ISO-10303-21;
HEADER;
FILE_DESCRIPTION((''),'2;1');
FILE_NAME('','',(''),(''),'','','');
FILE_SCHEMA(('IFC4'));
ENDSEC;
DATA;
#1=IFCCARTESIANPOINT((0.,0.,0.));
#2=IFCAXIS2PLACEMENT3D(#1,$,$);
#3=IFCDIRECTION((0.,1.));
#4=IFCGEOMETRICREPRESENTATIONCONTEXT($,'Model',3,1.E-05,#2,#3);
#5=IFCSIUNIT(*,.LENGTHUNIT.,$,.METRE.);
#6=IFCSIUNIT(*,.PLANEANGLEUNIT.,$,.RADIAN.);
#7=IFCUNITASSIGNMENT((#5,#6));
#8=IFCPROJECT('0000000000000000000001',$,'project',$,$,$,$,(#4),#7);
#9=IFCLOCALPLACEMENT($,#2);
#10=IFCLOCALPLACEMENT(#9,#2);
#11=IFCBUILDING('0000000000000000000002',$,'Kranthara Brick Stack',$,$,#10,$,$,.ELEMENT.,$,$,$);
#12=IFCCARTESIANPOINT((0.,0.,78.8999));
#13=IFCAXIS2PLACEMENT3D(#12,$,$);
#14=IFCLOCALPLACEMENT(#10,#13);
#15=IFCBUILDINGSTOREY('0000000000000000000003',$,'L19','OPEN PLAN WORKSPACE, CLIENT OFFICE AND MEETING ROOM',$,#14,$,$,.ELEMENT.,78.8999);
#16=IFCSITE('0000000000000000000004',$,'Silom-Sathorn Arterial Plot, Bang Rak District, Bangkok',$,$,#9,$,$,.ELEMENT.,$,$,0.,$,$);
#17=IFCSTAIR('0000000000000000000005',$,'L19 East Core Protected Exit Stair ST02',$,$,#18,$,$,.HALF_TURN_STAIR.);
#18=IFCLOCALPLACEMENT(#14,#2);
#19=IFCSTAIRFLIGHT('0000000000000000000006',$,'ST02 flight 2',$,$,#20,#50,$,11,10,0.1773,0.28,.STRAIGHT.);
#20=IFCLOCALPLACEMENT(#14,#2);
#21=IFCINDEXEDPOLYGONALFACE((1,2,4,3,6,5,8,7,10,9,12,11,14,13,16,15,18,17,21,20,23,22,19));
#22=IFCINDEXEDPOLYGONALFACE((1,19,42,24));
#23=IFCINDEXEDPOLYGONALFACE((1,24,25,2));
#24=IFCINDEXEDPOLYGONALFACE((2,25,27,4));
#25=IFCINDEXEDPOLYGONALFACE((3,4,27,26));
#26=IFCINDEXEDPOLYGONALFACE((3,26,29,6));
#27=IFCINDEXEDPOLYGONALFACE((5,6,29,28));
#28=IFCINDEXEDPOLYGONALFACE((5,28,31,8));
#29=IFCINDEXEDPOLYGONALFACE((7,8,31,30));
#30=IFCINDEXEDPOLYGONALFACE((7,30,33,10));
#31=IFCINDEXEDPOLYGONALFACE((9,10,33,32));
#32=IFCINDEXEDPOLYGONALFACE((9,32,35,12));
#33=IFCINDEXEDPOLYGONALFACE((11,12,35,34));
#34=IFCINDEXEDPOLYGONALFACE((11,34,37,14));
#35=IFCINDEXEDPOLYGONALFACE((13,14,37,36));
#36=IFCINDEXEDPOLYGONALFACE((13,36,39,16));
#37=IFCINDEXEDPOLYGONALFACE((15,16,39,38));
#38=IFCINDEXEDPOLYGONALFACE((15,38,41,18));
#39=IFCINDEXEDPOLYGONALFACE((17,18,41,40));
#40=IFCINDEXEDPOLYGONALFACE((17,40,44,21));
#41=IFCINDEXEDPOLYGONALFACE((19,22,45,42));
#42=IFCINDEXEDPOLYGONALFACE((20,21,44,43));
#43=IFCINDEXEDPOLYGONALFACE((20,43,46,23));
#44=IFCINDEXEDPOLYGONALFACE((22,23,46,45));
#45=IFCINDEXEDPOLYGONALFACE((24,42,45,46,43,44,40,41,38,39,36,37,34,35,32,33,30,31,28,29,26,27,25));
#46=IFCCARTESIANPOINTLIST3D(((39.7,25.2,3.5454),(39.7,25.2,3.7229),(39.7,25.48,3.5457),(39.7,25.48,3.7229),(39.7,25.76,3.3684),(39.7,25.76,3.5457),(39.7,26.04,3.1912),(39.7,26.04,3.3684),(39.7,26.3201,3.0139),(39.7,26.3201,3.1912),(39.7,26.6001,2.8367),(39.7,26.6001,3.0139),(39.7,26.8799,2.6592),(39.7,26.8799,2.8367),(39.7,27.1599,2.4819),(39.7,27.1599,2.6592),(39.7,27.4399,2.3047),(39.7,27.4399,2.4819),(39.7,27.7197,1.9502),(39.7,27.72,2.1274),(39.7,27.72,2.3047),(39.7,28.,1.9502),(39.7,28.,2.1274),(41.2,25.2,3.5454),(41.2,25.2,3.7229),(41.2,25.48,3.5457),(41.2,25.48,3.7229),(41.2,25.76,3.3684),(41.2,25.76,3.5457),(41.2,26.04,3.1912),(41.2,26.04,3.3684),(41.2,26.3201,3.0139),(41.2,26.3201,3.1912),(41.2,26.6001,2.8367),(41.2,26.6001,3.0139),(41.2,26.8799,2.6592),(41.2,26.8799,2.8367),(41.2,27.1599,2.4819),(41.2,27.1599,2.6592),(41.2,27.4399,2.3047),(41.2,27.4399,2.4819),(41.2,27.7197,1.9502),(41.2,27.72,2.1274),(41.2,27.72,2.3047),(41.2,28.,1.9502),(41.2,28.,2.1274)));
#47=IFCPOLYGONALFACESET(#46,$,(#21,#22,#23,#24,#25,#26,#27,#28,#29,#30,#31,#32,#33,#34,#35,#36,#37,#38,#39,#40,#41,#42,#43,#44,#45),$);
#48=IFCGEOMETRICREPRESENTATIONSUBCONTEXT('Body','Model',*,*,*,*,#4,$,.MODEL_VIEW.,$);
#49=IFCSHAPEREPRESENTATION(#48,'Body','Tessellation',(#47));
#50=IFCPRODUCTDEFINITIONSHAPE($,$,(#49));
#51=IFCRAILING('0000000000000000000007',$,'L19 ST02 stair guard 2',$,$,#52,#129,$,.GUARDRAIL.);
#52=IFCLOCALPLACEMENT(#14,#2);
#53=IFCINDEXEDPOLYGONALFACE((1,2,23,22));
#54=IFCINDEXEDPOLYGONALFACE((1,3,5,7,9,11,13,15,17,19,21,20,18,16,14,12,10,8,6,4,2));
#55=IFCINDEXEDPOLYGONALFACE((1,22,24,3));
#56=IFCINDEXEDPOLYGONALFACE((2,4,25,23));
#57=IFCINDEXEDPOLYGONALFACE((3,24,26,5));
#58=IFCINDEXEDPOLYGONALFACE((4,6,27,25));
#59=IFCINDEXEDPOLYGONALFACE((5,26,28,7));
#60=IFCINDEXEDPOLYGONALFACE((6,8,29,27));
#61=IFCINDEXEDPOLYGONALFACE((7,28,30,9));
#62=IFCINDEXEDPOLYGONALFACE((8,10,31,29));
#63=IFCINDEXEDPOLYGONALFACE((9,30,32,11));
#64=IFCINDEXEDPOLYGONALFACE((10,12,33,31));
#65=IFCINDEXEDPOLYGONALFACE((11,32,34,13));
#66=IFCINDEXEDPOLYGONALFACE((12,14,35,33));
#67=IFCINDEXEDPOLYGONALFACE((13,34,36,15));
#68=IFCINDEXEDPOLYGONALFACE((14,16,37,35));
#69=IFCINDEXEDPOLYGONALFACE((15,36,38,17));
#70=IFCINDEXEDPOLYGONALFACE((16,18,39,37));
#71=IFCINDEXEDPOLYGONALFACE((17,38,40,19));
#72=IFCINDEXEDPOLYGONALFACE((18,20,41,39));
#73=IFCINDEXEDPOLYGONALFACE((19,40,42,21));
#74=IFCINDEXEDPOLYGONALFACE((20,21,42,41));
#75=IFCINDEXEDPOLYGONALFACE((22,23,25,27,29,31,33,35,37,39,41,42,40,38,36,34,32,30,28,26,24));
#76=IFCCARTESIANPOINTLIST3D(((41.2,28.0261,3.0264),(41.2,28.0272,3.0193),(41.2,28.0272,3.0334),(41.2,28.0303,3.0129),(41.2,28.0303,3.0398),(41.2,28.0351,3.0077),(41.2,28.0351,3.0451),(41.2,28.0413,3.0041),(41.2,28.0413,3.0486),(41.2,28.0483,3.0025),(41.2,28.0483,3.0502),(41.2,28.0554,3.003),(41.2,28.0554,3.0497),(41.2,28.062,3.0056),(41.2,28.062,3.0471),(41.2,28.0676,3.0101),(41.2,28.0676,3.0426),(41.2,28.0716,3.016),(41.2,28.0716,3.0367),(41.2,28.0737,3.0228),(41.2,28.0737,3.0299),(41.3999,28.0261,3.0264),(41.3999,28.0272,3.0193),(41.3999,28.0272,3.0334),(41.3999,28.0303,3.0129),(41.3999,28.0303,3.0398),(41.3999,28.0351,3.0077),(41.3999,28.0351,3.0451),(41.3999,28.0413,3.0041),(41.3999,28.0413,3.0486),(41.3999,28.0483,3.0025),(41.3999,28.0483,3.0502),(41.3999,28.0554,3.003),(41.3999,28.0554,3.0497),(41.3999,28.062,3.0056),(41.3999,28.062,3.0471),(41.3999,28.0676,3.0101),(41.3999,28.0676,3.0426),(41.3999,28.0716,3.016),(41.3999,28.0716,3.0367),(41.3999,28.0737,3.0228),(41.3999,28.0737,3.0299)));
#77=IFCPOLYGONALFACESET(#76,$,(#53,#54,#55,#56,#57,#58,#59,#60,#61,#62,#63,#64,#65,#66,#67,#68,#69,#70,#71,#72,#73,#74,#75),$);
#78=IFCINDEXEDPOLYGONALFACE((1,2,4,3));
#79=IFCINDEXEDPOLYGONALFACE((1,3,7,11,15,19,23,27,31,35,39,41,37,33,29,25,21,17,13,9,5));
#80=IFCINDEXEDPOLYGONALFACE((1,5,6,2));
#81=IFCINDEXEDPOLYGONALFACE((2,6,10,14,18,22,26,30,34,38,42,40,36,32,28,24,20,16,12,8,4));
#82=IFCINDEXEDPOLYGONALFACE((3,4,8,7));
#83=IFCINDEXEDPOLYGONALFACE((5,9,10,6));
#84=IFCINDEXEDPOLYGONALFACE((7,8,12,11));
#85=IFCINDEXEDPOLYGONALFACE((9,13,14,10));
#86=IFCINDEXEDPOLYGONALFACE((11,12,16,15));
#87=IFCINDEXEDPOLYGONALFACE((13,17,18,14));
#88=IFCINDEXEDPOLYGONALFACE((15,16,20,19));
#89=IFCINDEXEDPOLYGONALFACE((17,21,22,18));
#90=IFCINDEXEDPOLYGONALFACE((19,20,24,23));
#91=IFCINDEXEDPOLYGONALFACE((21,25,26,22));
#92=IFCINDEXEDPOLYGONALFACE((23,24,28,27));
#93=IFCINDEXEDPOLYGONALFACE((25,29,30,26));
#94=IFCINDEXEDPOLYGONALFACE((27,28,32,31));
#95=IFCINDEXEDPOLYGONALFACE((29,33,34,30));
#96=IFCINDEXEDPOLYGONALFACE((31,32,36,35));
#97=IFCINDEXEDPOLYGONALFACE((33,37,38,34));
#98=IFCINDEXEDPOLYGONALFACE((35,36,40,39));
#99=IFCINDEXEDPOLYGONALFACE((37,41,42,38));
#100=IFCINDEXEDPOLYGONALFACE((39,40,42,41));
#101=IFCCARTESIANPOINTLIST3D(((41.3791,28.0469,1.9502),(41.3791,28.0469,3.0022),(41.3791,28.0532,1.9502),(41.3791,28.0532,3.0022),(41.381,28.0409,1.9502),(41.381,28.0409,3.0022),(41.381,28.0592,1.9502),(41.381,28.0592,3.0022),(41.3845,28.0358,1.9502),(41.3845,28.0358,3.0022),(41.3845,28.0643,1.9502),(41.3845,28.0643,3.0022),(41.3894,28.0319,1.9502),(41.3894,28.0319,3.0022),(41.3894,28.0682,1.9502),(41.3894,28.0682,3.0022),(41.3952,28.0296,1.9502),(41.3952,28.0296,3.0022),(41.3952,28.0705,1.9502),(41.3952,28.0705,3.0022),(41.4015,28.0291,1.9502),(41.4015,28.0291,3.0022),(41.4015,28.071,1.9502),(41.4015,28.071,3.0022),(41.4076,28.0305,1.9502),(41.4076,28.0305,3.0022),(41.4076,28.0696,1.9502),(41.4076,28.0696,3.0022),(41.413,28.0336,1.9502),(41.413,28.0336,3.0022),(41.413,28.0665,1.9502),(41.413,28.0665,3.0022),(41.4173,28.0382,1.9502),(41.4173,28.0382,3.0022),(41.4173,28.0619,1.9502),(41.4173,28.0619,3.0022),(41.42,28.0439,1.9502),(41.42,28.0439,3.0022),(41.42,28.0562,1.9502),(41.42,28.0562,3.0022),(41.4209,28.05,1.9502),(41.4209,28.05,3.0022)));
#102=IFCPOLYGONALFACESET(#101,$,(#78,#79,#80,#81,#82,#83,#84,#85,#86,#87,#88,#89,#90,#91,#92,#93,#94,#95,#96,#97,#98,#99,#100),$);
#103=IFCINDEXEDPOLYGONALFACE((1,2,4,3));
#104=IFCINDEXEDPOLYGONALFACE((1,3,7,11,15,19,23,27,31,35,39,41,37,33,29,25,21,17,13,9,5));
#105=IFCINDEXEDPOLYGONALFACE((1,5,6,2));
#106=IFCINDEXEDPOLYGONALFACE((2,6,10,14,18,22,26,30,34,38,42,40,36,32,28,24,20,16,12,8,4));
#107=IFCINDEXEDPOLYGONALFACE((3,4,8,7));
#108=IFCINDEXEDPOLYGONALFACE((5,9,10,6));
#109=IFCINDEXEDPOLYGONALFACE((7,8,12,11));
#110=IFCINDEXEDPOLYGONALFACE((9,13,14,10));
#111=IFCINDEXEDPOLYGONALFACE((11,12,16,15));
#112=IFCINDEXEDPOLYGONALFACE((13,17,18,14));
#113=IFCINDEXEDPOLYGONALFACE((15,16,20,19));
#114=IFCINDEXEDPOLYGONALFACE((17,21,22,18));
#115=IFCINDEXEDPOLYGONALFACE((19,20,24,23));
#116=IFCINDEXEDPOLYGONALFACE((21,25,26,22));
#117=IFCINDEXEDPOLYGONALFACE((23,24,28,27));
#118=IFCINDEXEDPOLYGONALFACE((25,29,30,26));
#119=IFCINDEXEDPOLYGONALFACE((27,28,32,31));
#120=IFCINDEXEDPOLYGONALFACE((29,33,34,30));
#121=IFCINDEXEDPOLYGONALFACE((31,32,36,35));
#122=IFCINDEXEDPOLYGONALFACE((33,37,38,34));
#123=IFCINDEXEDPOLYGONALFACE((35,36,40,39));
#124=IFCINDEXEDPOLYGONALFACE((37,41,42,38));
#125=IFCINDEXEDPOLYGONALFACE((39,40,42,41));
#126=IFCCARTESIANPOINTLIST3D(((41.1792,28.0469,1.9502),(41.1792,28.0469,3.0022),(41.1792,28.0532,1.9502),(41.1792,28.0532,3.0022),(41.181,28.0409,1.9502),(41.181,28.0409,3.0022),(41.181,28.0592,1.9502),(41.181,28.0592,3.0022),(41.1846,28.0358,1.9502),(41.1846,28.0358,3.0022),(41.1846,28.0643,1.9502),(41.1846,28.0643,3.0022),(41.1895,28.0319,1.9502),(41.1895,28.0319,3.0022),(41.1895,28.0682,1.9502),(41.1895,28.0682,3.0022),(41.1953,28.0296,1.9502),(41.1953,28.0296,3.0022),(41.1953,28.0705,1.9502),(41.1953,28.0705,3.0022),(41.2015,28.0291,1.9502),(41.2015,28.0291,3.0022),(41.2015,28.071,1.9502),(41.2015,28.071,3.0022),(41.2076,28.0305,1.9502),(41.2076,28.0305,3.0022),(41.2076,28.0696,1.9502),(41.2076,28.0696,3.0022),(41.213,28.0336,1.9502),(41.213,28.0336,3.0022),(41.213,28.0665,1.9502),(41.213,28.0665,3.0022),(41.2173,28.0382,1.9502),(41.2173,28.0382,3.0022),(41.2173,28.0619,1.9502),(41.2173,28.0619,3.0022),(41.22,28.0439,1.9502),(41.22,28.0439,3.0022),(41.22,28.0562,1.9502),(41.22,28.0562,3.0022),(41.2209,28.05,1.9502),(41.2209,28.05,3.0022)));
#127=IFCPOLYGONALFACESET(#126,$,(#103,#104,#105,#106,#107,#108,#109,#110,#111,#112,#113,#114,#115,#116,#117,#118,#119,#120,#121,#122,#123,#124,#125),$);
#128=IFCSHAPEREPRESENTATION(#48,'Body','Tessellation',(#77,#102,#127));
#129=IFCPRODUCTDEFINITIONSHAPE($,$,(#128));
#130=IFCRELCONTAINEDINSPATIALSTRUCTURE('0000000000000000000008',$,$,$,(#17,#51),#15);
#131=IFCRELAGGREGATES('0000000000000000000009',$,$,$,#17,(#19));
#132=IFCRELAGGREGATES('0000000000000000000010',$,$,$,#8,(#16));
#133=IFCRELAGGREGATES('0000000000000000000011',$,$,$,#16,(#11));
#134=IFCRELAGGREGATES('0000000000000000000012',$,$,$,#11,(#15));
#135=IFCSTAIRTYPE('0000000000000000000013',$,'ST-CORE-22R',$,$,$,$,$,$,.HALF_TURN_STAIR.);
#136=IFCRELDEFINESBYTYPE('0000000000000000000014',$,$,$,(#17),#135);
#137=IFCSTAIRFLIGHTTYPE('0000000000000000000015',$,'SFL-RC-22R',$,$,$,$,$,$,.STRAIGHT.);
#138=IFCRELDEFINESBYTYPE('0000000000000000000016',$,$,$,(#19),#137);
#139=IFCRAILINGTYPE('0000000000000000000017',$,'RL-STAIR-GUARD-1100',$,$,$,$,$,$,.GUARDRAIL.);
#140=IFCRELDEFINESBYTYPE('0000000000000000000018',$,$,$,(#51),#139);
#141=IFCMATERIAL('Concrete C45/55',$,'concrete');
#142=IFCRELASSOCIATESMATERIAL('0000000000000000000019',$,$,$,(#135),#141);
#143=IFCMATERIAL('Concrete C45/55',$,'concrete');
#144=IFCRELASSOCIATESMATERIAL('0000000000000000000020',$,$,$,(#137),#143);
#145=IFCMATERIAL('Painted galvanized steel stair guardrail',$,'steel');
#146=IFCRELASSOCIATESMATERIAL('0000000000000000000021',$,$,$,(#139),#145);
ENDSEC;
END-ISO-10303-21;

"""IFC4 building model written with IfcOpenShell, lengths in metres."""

from ifc_helpers import new_model, si_unit, direction, frame, origin, origin_2d, place, context, subcontext, project, spatial, polyline, circle, outline, extrude, material, type_object, element, aggregate, save


model = new_model("IFC4")

# Units and contexts
model_context = context("Model", 3, precision=1e-05, world=origin(), true_north=direction((0.0, 1.0)))
body_context = subcontext(model_context, "Body", "Model", "MODEL_VIEW")
ifc_project = project(units=[si_unit("LENGTHUNIT", "METRE"), si_unit("PLANEANGLEUNIT", "RADIAN")], contexts=[model_context])

# Site, building, storey
site_placement = place(None, origin())
site = spatial("IfcSite", under=ifc_project, at=site_placement, Name="Silom-Sathorn Arterial Plot, Bang Rak District, Bangkok", CompositionType="ELEMENT", RefElevation=0.0)
building_placement = place(site_placement, origin())
building = spatial("IfcBuilding", under=site, at=building_placement, Name="Kranthara Brick Stack", CompositionType="ELEMENT")
storey_placement = place(building_placement, frame((0.0, 0.0, 78.8999)))
storey = spatial("IfcBuildingStorey", under=building, at=storey_placement, Name="L19", Description="OPEN PLAN WORKSPACE, CLIENT OFFICE AND MEETING ROOM", CompositionType="ELEMENT", Elevation=78.8999)

# Stair, stair flight
ifc_material_1 = material(Name="Concrete C45/55", Category="concrete")
stair_type = type_object("IfcStairType", Name="ST-CORE-22R", PredefinedType="HALF_TURN_STAIR", material=ifc_material_1)
stair_placement = place(storey_placement, origin())
stair = element("IfcStair", 1, at=stair_placement, inside=storey, type_object=stair_type, Name="L19 East Core Protected Exit Stair ST02", PredefinedType="HALF_TURN_STAIR")
ifc_material_2 = material(Name="Concrete C45/55", Category="concrete")
stair_flight_type = type_object("IfcStairFlightType", Name="SFL-RC-22R", PredefinedType="STRAIGHT", material=ifc_material_2)
stair_flight_placement = place(storey_placement, frame((40.45, 28.0, 1.9502), z_axis=(0.0, 0.0, 1.0), x_axis=(0.0, -1.0, 0.0)))
stair_flight = element("IfcStairFlight", 2, at=stair_flight_placement, type_object=stair_flight_type, Name="ST02 flight 2", NumberOfRisers=11, NumberOfTreads=10, PredefinedType="STRAIGHT", RiserHeight=0.1773, TreadLength=0.28, context=body_context, shape_type="SweptSolid", body=[
    extrude(outline(polyline([(0.0, 0.0), (0.0, 0.1772), (0.28, 0.1772), (0.28, 0.3545), (0.5601, 0.3545), (0.5601, 0.5317), (0.8401, 0.5317), (0.8401, 0.709), (1.1201, 0.709), (1.1201, 0.8865), (1.3999, 0.8865), (1.3999, 1.0637), (1.6799, 1.0637), (1.6799, 1.241), (1.96, 1.241), (1.96, 1.4182), (2.24, 1.4182), (2.24, 1.5955), (2.52, 1.5955), (2.52, 1.7727), (2.8, 1.7727), (2.8, 1.95), (2.8, 1.5952), (0.2803, 0.0), (0.0, 0.0)])), frame((0.0, 0.75, 0.0), z_axis=(0.0, -1.0, 0.0), x_axis=(1.0, 0.0, 0.0)), (0.0, 0.0, 1.0), 1.5),
])
aggregate(stair, [stair_flight])

# Railing
ifc_material_3 = material(Name="Painted galvanized steel stair guardrail", Category="steel")
railing_type_1 = type_object("IfcRailingType", Name="RL-STAIR-GUARD-1100", PredefinedType="GUARDRAIL", material=ifc_material_3)
railing_1_placement = place(storey_placement, frame((41.3999, 28.05, 1.9502)))
element("IfcRailing", 3, at=railing_1_placement, inside=storey, type_object=railing_type_1, Name="L19 ST02 stair guard 2", PredefinedType="GUARDRAIL", context=body_context, shape_type="SweptSolid", body=[
    extrude(circle(Radius=0.0239, at=origin_2d()), frame((0.0, 0.0, 1.0762), z_axis=(-1.0, 0.0, 0.0), x_axis=(0.0, -1.0, 0.0)), (0.0, 0.0, 1.0), 0.2),
    extrude(circle(Radius=0.021, at=origin_2d()), origin(), (0.0, 0.0, 1.0), 1.052),
    extrude(circle(Radius=0.021, at=origin_2d()), frame((-0.2, 0.0, 0.0)), (0.0, 0.0, 1.0), 1.052),
])

save(model, "model.ifc")
